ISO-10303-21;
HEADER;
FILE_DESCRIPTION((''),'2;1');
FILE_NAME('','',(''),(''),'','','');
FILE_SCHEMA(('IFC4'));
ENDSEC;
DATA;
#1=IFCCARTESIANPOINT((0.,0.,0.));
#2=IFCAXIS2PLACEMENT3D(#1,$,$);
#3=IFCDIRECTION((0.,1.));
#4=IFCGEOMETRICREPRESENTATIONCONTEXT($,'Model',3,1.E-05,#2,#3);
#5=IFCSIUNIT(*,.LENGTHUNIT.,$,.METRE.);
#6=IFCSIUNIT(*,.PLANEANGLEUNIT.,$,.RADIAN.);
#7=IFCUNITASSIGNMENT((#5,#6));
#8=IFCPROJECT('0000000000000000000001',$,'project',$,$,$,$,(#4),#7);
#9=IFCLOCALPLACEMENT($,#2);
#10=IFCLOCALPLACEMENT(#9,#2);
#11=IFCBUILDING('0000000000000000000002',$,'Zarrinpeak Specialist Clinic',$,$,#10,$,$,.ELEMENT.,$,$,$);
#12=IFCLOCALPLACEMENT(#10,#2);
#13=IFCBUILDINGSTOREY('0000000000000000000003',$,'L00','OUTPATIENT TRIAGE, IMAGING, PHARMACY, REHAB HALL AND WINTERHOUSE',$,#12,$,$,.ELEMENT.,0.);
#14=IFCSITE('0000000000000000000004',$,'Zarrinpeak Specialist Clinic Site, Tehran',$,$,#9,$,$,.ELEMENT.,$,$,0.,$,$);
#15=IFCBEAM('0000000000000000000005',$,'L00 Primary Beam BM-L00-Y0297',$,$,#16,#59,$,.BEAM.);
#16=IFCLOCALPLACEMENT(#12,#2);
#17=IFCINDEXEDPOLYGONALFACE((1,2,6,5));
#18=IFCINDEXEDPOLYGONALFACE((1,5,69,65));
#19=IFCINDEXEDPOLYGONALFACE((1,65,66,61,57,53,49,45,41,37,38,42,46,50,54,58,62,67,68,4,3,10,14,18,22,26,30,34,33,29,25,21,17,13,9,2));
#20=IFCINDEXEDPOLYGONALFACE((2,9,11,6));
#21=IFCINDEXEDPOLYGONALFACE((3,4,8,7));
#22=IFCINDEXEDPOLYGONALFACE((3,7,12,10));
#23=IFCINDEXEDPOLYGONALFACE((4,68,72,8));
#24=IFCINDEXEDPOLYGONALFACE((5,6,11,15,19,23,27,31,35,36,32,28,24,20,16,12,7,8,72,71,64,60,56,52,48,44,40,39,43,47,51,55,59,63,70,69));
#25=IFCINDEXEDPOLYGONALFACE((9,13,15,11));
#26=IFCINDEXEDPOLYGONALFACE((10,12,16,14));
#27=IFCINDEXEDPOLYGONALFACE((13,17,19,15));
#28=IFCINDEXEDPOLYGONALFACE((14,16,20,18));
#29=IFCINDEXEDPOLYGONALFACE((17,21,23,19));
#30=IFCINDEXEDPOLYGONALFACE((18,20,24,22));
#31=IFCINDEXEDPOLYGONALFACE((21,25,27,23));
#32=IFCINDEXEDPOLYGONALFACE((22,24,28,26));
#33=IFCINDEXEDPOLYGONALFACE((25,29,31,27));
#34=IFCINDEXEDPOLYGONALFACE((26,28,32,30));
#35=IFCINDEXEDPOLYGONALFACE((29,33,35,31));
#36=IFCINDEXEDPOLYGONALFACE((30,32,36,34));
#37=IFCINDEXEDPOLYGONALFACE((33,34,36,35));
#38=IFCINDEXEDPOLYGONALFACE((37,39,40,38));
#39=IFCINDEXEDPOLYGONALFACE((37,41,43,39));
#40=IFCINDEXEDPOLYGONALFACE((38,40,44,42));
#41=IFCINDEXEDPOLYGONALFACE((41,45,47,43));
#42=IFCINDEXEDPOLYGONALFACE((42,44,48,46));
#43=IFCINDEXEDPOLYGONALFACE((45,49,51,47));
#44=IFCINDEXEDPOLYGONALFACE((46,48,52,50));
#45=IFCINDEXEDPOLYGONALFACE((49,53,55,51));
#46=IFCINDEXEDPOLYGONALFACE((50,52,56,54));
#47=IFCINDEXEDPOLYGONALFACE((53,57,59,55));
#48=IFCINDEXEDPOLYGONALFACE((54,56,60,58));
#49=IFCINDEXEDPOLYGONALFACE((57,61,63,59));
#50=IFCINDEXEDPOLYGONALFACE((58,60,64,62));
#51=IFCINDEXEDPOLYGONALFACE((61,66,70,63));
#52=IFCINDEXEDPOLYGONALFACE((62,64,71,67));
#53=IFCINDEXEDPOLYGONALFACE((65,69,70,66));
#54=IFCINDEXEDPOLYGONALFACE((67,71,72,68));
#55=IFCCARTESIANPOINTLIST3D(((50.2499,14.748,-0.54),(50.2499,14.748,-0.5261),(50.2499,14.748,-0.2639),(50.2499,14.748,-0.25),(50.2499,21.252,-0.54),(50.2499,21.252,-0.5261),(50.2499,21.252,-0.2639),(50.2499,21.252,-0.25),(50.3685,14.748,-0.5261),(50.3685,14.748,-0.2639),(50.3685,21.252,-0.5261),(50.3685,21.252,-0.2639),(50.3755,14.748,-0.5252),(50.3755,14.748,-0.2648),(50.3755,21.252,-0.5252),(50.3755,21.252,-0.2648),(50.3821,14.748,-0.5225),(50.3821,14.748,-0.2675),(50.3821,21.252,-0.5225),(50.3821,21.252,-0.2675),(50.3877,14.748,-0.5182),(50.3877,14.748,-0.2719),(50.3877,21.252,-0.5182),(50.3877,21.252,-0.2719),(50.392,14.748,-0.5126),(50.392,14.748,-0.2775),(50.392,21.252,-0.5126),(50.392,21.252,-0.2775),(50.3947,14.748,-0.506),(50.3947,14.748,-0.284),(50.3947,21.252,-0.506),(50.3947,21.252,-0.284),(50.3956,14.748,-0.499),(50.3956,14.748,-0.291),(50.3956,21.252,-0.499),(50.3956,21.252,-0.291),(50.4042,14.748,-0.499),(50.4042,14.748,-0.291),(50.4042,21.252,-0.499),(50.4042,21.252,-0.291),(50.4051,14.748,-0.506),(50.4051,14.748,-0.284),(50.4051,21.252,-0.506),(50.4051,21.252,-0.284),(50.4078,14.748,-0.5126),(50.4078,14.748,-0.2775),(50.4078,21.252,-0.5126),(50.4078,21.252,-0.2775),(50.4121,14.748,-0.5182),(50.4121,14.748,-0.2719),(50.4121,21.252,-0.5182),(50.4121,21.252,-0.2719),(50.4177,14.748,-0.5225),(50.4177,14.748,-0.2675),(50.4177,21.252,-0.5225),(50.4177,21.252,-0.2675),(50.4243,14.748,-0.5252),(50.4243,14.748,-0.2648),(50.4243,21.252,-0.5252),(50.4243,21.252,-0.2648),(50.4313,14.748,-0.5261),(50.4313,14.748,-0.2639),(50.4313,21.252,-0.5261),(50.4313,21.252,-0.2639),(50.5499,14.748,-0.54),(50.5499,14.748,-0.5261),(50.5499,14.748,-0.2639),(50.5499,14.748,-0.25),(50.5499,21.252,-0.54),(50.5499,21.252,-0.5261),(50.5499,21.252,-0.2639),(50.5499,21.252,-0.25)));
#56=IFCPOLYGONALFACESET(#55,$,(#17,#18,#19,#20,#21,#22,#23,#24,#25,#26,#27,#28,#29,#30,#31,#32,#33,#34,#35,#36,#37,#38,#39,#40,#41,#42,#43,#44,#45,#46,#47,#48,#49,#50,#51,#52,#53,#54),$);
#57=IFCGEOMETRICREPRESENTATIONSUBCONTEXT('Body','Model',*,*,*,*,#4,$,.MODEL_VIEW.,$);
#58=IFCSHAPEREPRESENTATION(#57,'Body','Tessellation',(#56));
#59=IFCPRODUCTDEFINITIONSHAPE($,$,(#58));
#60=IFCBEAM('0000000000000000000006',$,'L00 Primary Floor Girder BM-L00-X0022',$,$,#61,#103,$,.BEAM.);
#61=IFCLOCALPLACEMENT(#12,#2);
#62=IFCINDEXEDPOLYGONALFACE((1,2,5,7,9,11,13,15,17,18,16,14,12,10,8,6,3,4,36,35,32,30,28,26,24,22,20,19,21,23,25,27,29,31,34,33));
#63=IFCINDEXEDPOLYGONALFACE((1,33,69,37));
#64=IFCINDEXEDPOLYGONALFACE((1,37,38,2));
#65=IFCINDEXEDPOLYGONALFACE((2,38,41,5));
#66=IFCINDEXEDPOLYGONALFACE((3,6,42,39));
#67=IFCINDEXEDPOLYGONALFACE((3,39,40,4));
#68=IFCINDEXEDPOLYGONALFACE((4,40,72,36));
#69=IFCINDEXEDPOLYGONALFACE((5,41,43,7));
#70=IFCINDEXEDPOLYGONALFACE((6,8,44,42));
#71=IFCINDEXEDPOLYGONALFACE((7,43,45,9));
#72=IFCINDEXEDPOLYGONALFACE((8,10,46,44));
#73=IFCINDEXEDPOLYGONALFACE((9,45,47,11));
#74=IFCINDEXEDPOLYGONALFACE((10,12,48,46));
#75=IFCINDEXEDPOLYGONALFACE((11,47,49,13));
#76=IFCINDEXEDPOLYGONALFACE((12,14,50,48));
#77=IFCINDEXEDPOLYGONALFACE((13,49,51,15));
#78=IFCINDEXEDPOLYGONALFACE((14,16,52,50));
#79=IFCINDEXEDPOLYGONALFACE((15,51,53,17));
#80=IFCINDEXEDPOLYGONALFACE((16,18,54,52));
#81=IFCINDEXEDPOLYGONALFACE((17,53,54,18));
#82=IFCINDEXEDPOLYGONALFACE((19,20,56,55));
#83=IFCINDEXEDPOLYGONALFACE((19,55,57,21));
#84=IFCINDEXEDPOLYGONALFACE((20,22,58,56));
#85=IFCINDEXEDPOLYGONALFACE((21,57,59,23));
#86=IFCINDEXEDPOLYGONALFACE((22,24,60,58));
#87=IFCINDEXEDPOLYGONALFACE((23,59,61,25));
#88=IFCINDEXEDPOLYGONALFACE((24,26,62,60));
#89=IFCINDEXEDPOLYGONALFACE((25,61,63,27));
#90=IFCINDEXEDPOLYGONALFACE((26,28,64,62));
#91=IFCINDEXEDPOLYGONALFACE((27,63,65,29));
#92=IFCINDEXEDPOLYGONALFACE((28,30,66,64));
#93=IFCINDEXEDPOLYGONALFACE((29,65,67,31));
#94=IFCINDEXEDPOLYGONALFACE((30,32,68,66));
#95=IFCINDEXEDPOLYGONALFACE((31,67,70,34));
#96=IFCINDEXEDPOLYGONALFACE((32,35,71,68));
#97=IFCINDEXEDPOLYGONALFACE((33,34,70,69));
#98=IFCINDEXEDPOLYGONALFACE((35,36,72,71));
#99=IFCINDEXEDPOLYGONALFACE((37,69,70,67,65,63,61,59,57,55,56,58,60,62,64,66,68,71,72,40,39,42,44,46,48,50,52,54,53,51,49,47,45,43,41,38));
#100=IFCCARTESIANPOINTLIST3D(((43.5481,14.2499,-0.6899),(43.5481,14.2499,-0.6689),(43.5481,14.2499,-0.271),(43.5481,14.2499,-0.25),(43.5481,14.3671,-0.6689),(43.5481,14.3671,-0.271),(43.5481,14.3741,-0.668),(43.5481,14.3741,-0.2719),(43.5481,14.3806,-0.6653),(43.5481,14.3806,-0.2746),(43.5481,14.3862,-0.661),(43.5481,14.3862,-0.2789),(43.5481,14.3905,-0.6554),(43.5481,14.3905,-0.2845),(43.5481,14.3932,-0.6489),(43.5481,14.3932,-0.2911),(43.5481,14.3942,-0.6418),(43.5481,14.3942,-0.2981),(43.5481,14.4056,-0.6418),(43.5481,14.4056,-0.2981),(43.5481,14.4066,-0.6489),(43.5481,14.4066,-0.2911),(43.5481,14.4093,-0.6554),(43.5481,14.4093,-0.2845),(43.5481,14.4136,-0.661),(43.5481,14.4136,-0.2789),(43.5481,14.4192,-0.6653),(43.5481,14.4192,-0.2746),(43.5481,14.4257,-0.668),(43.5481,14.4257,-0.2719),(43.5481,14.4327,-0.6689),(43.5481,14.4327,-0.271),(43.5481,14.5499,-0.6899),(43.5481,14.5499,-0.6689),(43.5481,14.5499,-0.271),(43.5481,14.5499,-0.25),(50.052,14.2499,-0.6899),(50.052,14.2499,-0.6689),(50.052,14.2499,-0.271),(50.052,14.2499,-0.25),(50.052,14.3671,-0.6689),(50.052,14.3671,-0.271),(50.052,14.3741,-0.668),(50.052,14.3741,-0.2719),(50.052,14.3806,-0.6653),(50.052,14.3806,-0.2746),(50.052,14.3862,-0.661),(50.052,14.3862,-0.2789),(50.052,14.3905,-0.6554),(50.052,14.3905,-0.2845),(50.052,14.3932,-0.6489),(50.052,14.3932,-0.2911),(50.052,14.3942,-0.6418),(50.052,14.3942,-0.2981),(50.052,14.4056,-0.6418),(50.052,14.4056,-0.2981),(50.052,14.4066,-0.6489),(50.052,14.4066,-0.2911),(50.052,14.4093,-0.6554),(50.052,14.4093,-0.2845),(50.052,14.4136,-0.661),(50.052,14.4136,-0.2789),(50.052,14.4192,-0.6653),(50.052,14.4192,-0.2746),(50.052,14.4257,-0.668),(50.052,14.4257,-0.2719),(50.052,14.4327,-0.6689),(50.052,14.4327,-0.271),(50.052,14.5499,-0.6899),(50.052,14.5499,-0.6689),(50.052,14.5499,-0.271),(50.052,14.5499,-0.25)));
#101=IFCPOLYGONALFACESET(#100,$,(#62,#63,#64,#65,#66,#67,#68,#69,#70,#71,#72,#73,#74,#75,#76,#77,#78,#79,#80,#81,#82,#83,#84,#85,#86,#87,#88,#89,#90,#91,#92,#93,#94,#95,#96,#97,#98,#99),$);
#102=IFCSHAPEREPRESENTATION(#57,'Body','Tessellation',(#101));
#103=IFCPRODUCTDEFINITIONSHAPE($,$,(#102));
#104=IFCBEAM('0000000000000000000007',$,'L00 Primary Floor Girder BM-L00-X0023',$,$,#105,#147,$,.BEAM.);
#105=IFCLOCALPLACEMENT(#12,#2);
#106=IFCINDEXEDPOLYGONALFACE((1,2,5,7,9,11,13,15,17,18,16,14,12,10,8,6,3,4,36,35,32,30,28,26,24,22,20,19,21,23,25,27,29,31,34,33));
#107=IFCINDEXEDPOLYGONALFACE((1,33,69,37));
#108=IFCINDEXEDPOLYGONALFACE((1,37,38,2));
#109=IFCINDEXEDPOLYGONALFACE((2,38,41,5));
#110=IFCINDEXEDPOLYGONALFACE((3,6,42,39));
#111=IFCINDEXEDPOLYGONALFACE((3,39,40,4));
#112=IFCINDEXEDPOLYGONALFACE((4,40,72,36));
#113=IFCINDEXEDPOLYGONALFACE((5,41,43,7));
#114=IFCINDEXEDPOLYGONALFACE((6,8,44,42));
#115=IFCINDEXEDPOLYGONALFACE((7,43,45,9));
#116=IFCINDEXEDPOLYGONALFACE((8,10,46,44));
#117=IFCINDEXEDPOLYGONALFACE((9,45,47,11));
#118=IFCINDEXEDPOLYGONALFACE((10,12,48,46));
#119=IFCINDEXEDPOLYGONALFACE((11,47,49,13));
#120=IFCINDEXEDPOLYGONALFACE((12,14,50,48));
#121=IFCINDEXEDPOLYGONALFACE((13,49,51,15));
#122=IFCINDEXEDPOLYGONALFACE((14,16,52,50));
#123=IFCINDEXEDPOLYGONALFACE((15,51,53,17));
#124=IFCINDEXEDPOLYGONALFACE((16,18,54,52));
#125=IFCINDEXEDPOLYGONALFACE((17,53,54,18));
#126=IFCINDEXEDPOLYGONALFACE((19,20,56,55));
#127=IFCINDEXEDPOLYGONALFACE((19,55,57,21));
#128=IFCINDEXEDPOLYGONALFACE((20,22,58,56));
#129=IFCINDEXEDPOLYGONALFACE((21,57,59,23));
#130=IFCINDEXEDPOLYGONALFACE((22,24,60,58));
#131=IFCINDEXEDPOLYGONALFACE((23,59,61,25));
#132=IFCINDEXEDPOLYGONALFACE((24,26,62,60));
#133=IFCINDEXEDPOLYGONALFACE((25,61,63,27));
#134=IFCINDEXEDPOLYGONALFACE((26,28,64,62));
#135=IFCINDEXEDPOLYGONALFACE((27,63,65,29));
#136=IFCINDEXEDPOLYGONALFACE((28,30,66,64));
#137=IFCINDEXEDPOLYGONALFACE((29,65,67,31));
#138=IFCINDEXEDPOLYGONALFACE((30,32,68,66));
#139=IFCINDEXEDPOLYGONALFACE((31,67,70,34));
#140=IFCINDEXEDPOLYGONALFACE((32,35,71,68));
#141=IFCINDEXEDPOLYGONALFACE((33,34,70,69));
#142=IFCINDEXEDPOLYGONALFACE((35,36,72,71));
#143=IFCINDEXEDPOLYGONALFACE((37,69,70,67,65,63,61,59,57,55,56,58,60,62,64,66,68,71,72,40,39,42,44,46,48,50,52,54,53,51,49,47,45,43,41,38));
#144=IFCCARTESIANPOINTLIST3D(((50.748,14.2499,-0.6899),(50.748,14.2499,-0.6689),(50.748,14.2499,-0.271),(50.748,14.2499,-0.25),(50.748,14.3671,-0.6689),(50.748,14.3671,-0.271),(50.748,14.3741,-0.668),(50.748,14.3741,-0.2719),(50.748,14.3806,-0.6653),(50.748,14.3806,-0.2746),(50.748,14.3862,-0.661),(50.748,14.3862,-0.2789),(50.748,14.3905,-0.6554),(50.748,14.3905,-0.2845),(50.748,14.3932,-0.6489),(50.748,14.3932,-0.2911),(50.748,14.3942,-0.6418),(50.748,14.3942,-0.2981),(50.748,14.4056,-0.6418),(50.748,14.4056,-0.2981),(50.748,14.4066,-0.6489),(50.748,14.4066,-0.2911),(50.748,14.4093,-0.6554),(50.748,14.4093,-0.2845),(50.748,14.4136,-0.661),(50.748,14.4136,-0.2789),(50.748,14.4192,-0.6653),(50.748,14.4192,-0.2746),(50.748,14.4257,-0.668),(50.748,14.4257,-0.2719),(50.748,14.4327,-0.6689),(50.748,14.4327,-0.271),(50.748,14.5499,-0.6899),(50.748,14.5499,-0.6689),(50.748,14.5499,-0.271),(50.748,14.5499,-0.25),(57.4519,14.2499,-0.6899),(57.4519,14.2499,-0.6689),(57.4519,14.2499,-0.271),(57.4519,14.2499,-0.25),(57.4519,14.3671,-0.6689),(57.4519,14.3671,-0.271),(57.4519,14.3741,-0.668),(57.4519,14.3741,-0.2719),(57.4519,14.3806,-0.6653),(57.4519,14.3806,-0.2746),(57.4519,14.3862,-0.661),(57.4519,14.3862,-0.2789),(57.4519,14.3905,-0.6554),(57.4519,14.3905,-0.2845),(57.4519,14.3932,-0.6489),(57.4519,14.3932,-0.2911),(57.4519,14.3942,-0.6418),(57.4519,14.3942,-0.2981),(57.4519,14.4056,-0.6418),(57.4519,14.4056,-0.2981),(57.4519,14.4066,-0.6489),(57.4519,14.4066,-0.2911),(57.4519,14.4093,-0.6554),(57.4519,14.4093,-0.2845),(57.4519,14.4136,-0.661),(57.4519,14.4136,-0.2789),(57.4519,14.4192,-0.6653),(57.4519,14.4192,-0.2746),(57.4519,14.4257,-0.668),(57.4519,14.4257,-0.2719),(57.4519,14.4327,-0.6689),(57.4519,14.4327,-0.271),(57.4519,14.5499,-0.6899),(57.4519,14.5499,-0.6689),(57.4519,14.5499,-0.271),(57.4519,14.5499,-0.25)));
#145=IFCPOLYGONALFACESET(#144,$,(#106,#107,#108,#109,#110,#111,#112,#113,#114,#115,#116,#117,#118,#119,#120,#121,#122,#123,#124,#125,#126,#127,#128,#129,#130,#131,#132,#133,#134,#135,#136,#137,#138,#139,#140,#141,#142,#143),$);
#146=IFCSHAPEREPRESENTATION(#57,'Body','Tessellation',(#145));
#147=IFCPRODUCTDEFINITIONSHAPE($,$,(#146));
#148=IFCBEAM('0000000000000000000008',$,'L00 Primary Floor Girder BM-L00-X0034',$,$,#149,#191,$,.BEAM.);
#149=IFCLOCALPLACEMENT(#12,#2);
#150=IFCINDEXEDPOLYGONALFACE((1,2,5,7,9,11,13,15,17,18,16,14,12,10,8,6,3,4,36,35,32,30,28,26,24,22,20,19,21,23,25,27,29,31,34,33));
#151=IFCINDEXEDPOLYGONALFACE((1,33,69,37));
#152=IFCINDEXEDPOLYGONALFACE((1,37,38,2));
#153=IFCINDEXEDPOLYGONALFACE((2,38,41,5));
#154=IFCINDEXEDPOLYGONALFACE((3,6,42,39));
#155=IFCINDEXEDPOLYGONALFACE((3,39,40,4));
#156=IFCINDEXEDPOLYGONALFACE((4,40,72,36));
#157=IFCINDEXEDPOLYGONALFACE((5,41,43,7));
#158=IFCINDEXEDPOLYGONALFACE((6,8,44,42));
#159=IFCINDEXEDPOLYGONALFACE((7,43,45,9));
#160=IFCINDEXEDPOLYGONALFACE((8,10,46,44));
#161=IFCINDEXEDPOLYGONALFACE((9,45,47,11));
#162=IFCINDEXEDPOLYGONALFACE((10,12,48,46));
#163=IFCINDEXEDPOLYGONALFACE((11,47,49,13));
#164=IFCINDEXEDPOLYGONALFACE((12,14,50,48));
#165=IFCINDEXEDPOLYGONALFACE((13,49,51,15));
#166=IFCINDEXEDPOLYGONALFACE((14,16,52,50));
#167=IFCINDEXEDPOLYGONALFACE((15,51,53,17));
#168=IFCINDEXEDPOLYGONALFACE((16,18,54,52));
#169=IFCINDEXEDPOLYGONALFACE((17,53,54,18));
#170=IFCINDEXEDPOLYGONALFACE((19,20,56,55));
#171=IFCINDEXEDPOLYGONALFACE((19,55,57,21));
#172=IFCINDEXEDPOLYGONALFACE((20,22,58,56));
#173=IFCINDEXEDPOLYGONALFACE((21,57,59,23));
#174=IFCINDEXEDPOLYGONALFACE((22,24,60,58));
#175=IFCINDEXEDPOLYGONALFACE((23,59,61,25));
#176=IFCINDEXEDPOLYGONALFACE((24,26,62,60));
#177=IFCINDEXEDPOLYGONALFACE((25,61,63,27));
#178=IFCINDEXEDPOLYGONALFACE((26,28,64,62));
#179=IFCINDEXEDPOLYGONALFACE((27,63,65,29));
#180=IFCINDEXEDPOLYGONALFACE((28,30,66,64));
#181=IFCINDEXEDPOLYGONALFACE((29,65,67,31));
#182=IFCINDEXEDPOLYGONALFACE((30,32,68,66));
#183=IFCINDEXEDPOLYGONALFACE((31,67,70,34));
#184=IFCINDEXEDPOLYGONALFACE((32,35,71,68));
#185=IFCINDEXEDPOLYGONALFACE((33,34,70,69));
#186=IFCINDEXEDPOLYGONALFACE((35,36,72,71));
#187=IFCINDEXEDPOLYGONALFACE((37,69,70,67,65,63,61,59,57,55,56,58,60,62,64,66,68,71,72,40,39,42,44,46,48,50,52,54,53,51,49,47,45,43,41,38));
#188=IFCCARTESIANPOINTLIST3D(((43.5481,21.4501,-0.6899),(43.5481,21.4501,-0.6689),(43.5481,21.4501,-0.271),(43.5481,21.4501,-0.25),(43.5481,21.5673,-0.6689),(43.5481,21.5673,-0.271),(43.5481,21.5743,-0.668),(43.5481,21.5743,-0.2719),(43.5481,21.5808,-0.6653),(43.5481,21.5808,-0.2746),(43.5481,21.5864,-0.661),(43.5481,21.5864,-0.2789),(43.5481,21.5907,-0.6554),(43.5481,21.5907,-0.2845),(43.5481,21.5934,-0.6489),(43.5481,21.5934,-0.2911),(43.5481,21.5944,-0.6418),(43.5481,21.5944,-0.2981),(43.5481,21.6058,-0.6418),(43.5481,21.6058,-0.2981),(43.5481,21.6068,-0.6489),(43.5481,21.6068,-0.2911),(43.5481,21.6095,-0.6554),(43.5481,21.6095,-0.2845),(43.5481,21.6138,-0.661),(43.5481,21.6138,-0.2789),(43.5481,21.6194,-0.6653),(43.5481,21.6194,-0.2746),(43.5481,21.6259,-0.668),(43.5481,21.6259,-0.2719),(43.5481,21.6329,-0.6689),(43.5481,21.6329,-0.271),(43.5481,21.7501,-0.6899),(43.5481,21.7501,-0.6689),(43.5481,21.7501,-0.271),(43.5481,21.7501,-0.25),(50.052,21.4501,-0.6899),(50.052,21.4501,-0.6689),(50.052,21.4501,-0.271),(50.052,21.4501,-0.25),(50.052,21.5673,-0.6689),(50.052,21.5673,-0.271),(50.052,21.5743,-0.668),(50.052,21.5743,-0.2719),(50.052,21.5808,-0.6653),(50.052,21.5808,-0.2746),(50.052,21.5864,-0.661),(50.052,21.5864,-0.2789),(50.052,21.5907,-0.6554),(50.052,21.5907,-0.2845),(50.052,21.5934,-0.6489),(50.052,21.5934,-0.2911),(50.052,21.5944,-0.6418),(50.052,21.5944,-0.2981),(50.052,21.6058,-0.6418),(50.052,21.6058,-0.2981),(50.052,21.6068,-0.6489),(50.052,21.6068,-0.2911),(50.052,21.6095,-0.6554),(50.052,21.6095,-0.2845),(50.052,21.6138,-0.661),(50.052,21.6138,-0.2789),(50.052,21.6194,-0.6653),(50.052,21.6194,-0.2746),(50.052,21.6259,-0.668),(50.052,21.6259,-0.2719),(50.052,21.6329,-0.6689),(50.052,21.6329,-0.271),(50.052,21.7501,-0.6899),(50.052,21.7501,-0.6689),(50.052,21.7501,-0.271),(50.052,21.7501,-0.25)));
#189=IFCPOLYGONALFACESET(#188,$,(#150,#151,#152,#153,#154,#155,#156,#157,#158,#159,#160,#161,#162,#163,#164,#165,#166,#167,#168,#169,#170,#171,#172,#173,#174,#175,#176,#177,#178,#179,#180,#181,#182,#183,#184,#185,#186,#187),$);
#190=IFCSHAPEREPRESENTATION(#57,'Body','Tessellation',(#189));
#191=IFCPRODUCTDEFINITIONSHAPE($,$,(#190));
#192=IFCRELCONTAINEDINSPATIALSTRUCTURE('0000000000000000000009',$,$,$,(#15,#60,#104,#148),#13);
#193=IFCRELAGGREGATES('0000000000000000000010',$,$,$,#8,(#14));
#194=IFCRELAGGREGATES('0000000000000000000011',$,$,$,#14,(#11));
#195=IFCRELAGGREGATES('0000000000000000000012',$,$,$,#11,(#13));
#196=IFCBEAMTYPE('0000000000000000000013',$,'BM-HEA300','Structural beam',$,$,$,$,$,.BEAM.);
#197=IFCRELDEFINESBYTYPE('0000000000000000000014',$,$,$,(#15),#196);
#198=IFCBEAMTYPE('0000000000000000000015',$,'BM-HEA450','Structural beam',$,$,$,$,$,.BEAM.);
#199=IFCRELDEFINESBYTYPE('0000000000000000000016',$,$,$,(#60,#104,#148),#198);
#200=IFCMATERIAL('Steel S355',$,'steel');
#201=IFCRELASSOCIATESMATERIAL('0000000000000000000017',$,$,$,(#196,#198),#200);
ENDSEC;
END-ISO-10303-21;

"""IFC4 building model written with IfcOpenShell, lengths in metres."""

from ifc_helpers import new_model, si_unit, direction, frame, origin, origin_2d, place, context, subcontext, project, spatial, i_section, extrude, material, material_profile, profile_set, type_object, element, save


model = new_model("IFC4")

# Units and contexts
model_context = context("Model", 3, precision=1e-05, world=origin(), true_north=direction((0.0, 1.0)))
body_context = subcontext(model_context, "Body", "Model", "MODEL_VIEW")
ifc_project = project(units=[si_unit("LENGTHUNIT", "METRE"), si_unit("PLANEANGLEUNIT", "RADIAN")], contexts=[model_context])

# Site, building, storey
site_placement = place(None, origin())
site = spatial("IfcSite", under=ifc_project, at=site_placement, Name="Zarrinpeak Specialist Clinic Site, Tehran", CompositionType="ELEMENT", RefElevation=0.0)
building_placement = place(site_placement, origin())
building = spatial("IfcBuilding", under=site, at=building_placement, Name="Zarrinpeak Specialist Clinic", CompositionType="ELEMENT")
storey_placement = place(building_placement, origin())
storey = spatial("IfcBuildingStorey", under=building, at=storey_placement, Name="L00", Description="OUTPATIENT TRIAGE, IMAGING, PHARMACY, REHAB HALL AND WINTERHOUSE", CompositionType="ELEMENT", Elevation=0.0)

# Shared definitions
ifc_material_1 = material(Name="Steel S355", Category="steel")

# Beams
ifc_material_profile_1 = material_profile(ifc_material_1, i_section(OverallWidth=0.3, OverallDepth=0.29, WebThickness=0.0085, FlangeThickness=0.0139, FilletRadius=0.0271, at=origin_2d()), Name="HEA 300")
ifc_profile_set_1 = profile_set([ifc_material_profile_1], Name="Steel S355")
beam_type_1 = type_object("IfcBeamType", Name="BM-HEA300", Description="Structural beam", PredefinedType="BEAM", material=ifc_profile_set_1)
for number, where, z_axis, x_axis, name in (
    (1, (50.3999, 14.748, -0.395), (0.0, 1.0, 0.0), (-1.0, 0.0, 0.0), "L00 Primary Beam BM-L00-Y0297"),
):
    element("IfcBeam", number, at=place(storey_placement, frame(where, z_axis=z_axis, x_axis=x_axis)), inside=storey, type_object=beam_type_1, Name=name, PredefinedType="BEAM", context=body_context, shape_type="SweptSolid", body=[
        extrude(i_section(OverallWidth=0.3, OverallDepth=0.29, WebThickness=0.0085, FlangeThickness=0.0139, FilletRadius=0.0271, at=origin_2d()), origin(), (0.0, 0.0, 1.0), 6.5039),
    ])
ifc_material_profile_2 = material_profile(ifc_material_1, i_section(OverallWidth=0.3, OverallDepth=0.4399, WebThickness=0.0115, FlangeThickness=0.021, FilletRadius=0.0271, at=origin_2d()), Name="HEA 450")
ifc_profile_set_2 = profile_set([ifc_material_profile_2], Name="Steel S355")
beam_type_2 = type_object("IfcBeamType", Name="BM-HEA450", Description="Structural beam", PredefinedType="BEAM", material=ifc_profile_set_2)
beam_1_placement = place(storey_placement, frame((43.5481, 14.3999, -0.47), z_axis=(1.0, 0.0, 0.0), x_axis=(0.0, 1.0, 0.0)))
element("IfcBeam", 2, at=beam_1_placement, inside=storey, type_object=beam_type_2, Name="L00 Primary Floor Girder BM-L00-X0022", PredefinedType="BEAM", context=body_context, shape_type="SweptSolid", body=[
    extrude(i_section(OverallWidth=0.3, OverallDepth=0.4399, WebThickness=0.0115, FlangeThickness=0.021, FilletRadius=0.0271, at=origin_2d()), origin(), (0.0, 0.0, 1.0), 6.5039),
])
beam_2_placement = place(storey_placement, frame((50.748, 14.3999, -0.47), z_axis=(1.0, 0.0, 0.0), x_axis=(0.0, 1.0, 0.0)))
element("IfcBeam", 3, at=beam_2_placement, inside=storey, type_object=beam_type_2, Name="L00 Primary Floor Girder BM-L00-X0023", PredefinedType="BEAM", context=body_context, shape_type="SweptSolid", body=[
    extrude(i_section(OverallWidth=0.3, OverallDepth=0.4399, WebThickness=0.0115, FlangeThickness=0.021, FilletRadius=0.0271, at=origin_2d()), origin(), (0.0, 0.0, 1.0), 6.7039),
])
beam_3_placement = place(storey_placement, frame((43.5481, 21.6001, -0.47), z_axis=(1.0, 0.0, 0.0), x_axis=(0.0, 1.0, 0.0)))
element("IfcBeam", 4, at=beam_3_placement, inside=storey, type_object=beam_type_2, Name="L00 Primary Floor Girder BM-L00-X0034", PredefinedType="BEAM", context=body_context, shape_type="SweptSolid", body=[
    extrude(i_section(OverallWidth=0.3, OverallDepth=0.4399, WebThickness=0.0115, FlangeThickness=0.021, FilletRadius=0.0271, at=origin_2d()), origin(), (0.0, 0.0, 1.0), 6.5039),
])

save(model, "model.ifc")
